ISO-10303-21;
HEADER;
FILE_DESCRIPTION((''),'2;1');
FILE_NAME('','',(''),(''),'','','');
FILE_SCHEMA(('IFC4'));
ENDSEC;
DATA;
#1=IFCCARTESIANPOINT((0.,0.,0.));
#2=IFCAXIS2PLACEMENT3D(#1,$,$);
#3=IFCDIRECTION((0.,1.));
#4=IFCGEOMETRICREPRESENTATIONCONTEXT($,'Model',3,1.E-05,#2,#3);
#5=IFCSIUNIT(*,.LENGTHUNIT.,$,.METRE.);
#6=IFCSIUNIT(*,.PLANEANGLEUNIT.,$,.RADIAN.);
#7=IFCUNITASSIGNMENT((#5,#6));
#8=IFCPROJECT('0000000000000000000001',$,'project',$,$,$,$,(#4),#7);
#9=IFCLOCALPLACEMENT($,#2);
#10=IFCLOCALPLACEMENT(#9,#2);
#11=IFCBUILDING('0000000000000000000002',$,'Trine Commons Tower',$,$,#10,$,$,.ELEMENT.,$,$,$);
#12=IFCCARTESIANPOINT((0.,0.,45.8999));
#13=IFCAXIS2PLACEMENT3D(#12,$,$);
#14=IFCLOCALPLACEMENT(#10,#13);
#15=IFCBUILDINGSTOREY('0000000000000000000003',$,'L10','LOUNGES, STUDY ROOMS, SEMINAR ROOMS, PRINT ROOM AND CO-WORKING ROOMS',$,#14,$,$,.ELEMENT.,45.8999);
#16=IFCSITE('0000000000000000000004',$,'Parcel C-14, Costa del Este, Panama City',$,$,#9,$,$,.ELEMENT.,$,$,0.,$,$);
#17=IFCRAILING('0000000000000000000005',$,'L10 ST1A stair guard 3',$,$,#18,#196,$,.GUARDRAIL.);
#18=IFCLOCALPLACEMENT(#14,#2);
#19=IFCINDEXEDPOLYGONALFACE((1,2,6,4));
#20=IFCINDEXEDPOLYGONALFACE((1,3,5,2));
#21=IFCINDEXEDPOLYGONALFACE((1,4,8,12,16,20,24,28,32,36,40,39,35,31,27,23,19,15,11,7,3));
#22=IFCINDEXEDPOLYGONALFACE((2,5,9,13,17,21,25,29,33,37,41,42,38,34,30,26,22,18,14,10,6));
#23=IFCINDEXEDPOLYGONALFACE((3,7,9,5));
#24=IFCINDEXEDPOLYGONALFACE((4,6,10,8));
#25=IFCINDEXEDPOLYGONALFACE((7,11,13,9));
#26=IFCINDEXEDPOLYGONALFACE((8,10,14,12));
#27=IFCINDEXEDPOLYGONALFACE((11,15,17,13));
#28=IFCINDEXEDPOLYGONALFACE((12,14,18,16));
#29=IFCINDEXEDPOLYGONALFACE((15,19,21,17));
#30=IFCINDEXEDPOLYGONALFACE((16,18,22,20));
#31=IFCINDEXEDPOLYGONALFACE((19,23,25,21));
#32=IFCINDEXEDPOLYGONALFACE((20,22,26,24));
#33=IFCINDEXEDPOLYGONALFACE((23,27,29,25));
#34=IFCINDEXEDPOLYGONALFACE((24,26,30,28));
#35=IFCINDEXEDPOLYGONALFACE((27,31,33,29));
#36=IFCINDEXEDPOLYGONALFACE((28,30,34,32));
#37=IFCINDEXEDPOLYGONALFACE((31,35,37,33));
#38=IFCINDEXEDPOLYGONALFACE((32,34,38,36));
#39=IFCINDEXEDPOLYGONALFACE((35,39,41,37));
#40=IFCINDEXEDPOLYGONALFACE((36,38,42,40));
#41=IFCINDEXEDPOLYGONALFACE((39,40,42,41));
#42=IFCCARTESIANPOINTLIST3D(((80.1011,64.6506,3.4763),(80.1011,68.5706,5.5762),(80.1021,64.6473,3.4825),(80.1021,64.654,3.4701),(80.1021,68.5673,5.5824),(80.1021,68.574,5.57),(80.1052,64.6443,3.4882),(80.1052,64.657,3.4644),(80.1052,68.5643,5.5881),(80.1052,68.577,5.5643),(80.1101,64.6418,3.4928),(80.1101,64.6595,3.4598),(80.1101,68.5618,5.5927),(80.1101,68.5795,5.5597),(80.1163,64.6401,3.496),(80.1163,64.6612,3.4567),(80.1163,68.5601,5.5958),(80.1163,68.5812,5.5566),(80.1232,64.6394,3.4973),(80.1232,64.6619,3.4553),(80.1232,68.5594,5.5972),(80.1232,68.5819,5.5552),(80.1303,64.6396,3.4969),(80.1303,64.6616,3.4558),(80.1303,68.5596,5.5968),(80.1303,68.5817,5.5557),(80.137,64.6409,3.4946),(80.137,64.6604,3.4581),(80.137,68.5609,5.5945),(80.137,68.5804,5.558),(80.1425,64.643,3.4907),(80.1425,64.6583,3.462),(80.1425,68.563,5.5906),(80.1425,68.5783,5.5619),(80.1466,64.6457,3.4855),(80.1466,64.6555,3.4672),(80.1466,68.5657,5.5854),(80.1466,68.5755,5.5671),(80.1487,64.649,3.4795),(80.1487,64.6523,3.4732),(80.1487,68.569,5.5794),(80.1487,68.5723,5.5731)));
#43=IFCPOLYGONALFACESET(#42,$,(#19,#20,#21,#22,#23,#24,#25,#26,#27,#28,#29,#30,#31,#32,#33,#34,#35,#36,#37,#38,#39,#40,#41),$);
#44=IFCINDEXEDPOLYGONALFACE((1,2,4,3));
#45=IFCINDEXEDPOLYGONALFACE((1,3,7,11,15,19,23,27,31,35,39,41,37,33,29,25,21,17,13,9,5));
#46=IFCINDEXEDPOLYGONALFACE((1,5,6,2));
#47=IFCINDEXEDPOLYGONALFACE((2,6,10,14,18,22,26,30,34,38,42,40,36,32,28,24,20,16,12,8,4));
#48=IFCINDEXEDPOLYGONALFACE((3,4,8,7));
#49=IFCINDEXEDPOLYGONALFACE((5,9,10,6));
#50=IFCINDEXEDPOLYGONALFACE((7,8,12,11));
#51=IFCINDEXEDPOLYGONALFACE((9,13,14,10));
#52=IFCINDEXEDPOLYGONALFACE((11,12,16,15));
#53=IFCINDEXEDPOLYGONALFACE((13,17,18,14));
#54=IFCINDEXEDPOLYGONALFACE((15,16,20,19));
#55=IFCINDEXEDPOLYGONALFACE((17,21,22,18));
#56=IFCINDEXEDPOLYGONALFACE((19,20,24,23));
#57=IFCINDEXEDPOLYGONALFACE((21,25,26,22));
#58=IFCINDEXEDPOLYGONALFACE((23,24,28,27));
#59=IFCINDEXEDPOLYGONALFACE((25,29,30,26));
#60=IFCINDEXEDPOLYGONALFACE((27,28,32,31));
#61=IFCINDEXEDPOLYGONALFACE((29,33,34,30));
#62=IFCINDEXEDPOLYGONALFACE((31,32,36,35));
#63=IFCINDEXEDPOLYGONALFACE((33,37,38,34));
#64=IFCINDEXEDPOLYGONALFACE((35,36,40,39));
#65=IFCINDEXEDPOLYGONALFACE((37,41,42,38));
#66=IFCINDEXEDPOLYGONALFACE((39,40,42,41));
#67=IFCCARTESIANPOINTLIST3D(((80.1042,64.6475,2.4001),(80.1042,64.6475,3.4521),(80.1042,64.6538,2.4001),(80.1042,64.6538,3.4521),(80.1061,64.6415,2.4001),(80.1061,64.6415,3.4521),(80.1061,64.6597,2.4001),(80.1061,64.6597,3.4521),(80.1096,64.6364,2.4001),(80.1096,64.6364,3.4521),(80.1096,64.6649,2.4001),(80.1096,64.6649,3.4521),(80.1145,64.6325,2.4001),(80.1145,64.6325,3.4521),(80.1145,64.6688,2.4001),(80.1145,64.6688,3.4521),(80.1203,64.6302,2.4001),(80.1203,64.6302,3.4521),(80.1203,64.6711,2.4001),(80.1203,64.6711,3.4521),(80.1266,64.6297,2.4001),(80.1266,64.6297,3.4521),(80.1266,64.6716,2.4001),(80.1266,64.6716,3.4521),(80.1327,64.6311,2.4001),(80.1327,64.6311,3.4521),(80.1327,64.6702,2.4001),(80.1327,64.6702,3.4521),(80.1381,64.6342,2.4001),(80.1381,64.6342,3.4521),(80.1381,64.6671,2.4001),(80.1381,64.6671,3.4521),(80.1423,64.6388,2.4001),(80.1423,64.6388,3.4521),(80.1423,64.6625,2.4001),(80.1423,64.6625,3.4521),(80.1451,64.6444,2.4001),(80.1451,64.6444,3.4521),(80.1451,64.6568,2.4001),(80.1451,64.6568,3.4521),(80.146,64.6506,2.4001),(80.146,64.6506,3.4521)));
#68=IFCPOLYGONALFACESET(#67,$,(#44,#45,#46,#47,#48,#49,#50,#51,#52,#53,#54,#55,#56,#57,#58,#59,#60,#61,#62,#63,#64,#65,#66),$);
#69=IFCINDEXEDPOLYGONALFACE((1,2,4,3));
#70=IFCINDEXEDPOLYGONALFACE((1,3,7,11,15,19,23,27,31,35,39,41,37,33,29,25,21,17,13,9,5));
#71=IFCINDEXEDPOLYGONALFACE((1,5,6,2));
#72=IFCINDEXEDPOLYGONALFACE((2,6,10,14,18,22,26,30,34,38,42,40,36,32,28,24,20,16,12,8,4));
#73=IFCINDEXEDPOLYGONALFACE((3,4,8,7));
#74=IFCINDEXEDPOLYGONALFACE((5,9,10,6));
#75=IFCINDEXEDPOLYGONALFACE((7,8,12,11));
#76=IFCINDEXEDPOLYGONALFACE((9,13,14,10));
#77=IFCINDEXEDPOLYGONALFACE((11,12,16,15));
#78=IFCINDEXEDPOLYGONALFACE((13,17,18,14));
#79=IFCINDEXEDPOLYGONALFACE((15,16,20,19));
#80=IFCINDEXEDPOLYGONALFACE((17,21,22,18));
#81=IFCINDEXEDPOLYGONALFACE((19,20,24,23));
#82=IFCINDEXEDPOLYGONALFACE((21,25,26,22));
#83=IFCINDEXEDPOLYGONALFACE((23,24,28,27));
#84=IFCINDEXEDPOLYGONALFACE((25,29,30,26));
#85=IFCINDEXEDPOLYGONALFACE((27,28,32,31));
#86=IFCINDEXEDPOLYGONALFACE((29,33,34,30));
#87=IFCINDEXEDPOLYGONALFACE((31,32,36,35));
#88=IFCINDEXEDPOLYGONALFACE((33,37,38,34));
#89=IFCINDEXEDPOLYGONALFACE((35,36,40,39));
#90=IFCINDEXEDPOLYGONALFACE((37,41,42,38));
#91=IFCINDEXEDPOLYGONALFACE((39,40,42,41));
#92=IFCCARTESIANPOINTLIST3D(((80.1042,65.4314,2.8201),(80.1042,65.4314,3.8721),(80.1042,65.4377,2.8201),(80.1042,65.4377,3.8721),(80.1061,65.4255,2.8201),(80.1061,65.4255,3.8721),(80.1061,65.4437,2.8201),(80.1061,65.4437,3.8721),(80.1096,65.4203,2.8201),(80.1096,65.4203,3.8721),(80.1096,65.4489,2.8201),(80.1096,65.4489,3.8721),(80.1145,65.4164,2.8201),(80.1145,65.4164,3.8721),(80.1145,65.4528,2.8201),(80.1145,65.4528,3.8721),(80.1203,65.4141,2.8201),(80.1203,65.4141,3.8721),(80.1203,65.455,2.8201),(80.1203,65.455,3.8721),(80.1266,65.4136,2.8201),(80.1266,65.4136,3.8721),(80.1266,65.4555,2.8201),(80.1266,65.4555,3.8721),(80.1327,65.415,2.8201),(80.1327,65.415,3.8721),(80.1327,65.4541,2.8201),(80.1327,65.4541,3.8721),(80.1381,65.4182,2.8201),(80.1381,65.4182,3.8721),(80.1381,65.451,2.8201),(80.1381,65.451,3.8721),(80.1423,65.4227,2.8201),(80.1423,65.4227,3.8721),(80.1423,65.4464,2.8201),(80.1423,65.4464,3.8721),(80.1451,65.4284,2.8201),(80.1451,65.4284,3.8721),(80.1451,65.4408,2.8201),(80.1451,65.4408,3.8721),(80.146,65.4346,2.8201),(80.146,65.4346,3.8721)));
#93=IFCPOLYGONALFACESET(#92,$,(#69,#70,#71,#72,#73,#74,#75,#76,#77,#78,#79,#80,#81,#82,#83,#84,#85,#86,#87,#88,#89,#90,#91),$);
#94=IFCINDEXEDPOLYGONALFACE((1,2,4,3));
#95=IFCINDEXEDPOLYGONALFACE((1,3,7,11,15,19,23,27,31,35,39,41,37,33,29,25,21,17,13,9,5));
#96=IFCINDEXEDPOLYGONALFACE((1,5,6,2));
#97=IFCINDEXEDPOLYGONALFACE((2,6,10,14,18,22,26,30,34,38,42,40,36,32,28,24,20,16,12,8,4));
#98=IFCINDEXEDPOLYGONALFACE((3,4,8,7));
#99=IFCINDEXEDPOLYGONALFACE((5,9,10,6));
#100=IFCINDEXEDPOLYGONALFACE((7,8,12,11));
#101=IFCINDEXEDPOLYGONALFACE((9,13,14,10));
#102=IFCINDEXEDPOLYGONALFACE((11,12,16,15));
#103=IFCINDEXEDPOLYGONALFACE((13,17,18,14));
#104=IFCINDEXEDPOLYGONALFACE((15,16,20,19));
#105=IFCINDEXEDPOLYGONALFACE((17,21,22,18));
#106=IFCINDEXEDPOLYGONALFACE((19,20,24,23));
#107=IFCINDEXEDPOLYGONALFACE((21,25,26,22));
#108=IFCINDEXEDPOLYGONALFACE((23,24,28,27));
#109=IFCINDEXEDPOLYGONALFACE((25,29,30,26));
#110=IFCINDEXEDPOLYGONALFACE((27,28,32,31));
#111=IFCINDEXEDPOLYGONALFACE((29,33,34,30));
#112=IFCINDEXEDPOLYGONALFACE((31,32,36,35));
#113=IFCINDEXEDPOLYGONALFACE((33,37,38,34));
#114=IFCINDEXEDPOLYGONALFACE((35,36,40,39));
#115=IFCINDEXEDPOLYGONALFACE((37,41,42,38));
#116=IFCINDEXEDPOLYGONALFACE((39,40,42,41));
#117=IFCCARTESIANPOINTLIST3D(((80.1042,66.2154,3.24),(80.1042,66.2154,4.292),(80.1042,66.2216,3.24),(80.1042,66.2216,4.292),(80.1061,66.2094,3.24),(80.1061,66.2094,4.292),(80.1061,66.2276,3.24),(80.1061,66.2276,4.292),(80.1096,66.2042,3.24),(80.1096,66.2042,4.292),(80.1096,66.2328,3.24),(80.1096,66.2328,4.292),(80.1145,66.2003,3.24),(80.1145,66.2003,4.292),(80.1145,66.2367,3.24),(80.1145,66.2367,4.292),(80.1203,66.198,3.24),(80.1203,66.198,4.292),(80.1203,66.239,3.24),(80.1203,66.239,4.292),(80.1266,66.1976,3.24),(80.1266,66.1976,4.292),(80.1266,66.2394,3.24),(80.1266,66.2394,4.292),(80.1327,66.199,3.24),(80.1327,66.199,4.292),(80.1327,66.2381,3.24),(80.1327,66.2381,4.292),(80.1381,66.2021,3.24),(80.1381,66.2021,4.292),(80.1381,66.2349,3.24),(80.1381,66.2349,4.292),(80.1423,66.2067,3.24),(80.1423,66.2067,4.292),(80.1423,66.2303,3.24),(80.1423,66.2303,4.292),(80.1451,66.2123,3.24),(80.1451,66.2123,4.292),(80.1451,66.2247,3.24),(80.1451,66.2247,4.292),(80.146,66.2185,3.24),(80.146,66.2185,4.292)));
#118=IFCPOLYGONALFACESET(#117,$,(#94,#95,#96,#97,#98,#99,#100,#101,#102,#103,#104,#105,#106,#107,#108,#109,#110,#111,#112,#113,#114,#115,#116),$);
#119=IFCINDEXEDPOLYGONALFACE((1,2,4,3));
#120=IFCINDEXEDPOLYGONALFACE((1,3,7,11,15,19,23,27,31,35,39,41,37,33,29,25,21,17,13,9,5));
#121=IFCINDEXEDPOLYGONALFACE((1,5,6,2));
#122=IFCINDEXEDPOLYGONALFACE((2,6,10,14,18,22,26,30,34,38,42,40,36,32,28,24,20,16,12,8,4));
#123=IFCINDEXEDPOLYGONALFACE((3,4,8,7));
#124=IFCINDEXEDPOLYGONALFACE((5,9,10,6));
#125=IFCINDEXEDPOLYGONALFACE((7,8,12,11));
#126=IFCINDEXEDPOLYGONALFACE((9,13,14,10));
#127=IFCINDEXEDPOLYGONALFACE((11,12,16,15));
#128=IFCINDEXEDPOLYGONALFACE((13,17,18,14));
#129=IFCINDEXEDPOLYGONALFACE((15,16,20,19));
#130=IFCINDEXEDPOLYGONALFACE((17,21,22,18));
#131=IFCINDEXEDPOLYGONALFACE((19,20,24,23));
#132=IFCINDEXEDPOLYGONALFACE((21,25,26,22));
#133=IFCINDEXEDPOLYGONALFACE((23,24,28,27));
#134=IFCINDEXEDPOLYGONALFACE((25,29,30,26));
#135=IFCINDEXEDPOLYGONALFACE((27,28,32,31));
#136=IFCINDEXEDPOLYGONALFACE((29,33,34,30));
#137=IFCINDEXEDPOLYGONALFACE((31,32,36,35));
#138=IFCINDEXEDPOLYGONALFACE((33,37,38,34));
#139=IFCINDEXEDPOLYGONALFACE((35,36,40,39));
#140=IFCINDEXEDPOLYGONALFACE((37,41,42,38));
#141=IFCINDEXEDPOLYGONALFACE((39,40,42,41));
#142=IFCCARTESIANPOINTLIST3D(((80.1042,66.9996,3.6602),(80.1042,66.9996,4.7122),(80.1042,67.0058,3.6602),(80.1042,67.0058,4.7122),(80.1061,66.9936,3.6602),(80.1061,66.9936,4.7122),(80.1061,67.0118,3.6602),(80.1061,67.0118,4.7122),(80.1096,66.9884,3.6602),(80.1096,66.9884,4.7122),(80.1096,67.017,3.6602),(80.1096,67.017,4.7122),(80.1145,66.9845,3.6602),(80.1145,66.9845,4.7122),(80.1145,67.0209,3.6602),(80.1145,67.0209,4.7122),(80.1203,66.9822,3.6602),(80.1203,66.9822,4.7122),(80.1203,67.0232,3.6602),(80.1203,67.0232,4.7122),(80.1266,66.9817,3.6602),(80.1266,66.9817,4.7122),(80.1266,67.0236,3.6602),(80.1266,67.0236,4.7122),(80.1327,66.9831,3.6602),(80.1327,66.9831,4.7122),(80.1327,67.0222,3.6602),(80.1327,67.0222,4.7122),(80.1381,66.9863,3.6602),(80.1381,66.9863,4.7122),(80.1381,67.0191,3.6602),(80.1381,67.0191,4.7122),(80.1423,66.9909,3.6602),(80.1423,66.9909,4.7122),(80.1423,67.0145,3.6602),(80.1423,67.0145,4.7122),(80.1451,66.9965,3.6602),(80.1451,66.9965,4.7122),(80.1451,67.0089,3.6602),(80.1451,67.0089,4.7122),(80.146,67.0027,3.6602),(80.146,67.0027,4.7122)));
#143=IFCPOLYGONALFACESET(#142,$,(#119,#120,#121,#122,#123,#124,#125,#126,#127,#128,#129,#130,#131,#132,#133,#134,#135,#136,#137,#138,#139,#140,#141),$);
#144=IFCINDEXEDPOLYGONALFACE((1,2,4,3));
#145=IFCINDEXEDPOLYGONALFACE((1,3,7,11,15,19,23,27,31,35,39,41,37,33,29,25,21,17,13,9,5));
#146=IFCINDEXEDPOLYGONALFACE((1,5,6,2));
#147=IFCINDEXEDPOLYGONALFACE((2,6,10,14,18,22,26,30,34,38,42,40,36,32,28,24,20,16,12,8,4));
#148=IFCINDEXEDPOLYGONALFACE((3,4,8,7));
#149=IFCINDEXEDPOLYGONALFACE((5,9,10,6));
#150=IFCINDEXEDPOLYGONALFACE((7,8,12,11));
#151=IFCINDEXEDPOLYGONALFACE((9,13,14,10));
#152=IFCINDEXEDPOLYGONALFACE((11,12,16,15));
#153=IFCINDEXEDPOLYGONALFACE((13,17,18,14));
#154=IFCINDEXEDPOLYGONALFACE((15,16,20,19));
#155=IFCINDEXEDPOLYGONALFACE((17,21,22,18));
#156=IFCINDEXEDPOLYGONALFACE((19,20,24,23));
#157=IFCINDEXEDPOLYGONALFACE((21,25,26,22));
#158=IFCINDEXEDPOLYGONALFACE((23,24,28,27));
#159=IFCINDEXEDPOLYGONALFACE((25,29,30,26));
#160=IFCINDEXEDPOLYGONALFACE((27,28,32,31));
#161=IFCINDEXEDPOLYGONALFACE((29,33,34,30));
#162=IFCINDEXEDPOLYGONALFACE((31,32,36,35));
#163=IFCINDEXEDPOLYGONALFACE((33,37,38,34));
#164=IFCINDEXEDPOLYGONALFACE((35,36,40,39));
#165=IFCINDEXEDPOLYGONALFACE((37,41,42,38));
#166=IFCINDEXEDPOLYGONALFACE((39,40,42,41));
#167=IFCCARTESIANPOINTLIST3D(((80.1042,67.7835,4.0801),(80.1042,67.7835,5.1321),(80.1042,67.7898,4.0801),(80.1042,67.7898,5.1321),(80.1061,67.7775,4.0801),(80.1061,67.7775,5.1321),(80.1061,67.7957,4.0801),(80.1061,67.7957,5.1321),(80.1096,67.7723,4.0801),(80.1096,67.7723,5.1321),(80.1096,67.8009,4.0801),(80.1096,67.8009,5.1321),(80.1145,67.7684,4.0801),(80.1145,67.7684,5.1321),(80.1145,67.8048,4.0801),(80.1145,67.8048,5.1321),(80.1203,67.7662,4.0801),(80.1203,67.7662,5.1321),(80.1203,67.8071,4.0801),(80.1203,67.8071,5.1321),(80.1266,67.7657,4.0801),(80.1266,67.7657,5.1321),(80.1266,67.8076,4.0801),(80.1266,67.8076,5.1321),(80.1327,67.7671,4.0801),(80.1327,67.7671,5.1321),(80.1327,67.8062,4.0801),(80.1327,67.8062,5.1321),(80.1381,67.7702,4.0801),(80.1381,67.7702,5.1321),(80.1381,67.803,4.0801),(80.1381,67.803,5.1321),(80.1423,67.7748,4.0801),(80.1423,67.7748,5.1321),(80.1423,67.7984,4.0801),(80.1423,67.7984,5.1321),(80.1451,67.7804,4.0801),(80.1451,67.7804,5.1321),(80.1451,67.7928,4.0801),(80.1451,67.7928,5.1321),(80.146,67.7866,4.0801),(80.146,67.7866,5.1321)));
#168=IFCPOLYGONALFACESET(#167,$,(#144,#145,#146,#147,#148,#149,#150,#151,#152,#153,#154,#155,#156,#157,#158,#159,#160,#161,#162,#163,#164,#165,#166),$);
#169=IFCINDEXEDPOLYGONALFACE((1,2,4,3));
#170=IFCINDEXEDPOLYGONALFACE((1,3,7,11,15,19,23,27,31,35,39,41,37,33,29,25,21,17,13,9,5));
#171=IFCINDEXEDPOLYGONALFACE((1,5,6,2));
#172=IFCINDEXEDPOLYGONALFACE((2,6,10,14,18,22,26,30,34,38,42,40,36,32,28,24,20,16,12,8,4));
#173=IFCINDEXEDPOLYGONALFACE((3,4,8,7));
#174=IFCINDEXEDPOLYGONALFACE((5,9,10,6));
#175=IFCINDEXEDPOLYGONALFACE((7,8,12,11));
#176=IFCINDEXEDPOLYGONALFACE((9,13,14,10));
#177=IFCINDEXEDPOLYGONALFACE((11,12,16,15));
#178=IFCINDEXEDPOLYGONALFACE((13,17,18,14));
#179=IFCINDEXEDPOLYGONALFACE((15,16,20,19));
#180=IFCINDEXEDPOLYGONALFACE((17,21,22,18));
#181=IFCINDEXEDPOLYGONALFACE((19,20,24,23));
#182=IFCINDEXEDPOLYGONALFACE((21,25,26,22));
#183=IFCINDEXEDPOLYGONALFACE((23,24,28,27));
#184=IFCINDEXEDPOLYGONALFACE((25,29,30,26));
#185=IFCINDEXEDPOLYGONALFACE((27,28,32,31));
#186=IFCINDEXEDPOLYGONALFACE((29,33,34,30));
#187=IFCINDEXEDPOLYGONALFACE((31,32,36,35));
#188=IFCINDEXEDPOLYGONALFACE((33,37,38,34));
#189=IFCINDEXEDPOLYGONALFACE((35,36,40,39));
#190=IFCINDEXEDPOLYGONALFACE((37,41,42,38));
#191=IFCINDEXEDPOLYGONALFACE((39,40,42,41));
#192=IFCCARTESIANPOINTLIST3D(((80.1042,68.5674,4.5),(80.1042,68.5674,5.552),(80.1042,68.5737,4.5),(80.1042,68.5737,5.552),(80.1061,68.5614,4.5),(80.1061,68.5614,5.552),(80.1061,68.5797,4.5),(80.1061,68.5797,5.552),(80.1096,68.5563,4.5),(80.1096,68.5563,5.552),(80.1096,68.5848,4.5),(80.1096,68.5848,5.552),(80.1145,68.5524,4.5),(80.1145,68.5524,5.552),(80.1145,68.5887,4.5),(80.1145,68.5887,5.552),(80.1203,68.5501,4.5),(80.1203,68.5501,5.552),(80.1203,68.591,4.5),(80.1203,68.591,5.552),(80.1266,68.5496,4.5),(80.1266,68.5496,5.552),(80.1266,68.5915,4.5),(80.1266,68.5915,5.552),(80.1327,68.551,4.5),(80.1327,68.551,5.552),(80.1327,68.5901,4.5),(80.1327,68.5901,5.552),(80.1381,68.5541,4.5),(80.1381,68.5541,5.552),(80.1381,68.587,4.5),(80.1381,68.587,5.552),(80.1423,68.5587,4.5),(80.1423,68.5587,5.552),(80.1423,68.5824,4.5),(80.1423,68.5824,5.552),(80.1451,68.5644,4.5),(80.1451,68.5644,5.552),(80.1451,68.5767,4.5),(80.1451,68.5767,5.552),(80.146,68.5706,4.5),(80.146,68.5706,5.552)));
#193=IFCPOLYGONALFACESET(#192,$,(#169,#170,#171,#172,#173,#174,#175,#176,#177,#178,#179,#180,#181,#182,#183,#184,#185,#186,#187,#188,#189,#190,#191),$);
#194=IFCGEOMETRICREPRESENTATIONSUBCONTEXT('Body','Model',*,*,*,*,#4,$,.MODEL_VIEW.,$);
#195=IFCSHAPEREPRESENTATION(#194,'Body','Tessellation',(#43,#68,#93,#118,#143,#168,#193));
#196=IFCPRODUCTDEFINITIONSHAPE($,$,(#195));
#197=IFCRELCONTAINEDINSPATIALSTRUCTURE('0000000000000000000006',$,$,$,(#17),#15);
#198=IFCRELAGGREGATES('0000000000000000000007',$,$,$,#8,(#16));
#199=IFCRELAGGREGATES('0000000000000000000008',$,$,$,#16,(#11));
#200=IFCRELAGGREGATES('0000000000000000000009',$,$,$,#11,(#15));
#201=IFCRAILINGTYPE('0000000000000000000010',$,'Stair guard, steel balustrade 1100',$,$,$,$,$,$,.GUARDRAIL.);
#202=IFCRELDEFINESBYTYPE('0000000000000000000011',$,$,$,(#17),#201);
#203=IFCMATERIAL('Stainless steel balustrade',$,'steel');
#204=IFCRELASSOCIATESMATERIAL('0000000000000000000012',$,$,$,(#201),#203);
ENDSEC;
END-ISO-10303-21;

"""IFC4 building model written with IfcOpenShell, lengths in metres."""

from ifc_helpers import new_model, si_unit, direction, frame, origin, origin_2d, place, context, subcontext, project, spatial, circle, extrude, material, type_object, element, save


model = new_model("IFC4")

# Units and contexts
model_context = context("Model", 3, precision=1e-05, world=origin(), true_north=direction((0.0, 1.0)))
body_context = subcontext(model_context, "Body", "Model", "MODEL_VIEW")
ifc_project = project(units=[si_unit("LENGTHUNIT", "METRE"), si_unit("PLANEANGLEUNIT", "RADIAN")], contexts=[model_context])

# Site, building, storey
site_placement = place(None, origin())
site = spatial("IfcSite", under=ifc_project, at=site_placement, Name="Parcel C-14, Costa del Este, Panama City", CompositionType="ELEMENT", RefElevation=0.0)
building_placement = place(site_placement, origin())
building = spatial("IfcBuilding", under=site, at=building_placement, Name="Trine Commons Tower", CompositionType="ELEMENT")
storey_placement = place(building_placement, frame((0.0, 0.0, 45.8999)))
storey = spatial("IfcBuildingStorey", under=building, at=storey_placement, Name="L10", Description="LOUNGES, STUDY ROOMS, SEMINAR ROOMS, PRINT ROOM AND CO-WORKING ROOMS", CompositionType="ELEMENT", Elevation=45.8999)

# Railing
ifc_material_1 = material(Name="Stainless steel balustrade", Category="steel")
railing_type_1 = type_object("IfcRailingType", Name="Stair guard, steel balustrade 1100", PredefinedType="GUARDRAIL", material=ifc_material_1)
railing_1_placement = place(storey_placement, frame((80.125, 64.6506, 2.4001)))
element("IfcRailing", 1, at=railing_1_placement, inside=storey, type_object=railing_type_1, Name="L10 ST1A stair guard 3", PredefinedType="GUARDRAIL", context=body_context, shape_type="SweptSolid", body=[
    extrude(circle(Radius=0.0239, at=origin_2d()), frame((0.0, 0.0, 1.0762), z_axis=(0.0, 0.88149, 0.472203), x_axis=(-1.0, 0.0, 0.0)), (0.0, 0.0, 1.0), 4.447),
    extrude(circle(Radius=0.021, at=origin_2d()), origin(), (0.0, 0.0, 1.0), 1.052),
    extrude(circle(Radius=0.021, at=origin_2d()), frame((0.0, 0.7839, 0.4199)), (0.0, 0.0, 1.0), 1.052),
    extrude(circle(Radius=0.021, at=origin_2d()), frame((0.0, 1.5679, 0.8398)), (0.0, 0.0, 1.0), 1.052),
    extrude(circle(Radius=0.021, at=origin_2d()), frame((0.0, 2.3521, 1.26)), (0.0, 0.0, 1.0), 1.052),
    extrude(circle(Radius=0.021, at=origin_2d()), frame((0.0, 3.136, 1.6799)), (0.0, 0.0, 1.0), 1.052),
    extrude(circle(Radius=0.021, at=origin_2d()), frame((0.0, 3.9199, 2.0999)), (0.0, 0.0, 1.0), 1.052),
])

save(model, "model.ifc")
